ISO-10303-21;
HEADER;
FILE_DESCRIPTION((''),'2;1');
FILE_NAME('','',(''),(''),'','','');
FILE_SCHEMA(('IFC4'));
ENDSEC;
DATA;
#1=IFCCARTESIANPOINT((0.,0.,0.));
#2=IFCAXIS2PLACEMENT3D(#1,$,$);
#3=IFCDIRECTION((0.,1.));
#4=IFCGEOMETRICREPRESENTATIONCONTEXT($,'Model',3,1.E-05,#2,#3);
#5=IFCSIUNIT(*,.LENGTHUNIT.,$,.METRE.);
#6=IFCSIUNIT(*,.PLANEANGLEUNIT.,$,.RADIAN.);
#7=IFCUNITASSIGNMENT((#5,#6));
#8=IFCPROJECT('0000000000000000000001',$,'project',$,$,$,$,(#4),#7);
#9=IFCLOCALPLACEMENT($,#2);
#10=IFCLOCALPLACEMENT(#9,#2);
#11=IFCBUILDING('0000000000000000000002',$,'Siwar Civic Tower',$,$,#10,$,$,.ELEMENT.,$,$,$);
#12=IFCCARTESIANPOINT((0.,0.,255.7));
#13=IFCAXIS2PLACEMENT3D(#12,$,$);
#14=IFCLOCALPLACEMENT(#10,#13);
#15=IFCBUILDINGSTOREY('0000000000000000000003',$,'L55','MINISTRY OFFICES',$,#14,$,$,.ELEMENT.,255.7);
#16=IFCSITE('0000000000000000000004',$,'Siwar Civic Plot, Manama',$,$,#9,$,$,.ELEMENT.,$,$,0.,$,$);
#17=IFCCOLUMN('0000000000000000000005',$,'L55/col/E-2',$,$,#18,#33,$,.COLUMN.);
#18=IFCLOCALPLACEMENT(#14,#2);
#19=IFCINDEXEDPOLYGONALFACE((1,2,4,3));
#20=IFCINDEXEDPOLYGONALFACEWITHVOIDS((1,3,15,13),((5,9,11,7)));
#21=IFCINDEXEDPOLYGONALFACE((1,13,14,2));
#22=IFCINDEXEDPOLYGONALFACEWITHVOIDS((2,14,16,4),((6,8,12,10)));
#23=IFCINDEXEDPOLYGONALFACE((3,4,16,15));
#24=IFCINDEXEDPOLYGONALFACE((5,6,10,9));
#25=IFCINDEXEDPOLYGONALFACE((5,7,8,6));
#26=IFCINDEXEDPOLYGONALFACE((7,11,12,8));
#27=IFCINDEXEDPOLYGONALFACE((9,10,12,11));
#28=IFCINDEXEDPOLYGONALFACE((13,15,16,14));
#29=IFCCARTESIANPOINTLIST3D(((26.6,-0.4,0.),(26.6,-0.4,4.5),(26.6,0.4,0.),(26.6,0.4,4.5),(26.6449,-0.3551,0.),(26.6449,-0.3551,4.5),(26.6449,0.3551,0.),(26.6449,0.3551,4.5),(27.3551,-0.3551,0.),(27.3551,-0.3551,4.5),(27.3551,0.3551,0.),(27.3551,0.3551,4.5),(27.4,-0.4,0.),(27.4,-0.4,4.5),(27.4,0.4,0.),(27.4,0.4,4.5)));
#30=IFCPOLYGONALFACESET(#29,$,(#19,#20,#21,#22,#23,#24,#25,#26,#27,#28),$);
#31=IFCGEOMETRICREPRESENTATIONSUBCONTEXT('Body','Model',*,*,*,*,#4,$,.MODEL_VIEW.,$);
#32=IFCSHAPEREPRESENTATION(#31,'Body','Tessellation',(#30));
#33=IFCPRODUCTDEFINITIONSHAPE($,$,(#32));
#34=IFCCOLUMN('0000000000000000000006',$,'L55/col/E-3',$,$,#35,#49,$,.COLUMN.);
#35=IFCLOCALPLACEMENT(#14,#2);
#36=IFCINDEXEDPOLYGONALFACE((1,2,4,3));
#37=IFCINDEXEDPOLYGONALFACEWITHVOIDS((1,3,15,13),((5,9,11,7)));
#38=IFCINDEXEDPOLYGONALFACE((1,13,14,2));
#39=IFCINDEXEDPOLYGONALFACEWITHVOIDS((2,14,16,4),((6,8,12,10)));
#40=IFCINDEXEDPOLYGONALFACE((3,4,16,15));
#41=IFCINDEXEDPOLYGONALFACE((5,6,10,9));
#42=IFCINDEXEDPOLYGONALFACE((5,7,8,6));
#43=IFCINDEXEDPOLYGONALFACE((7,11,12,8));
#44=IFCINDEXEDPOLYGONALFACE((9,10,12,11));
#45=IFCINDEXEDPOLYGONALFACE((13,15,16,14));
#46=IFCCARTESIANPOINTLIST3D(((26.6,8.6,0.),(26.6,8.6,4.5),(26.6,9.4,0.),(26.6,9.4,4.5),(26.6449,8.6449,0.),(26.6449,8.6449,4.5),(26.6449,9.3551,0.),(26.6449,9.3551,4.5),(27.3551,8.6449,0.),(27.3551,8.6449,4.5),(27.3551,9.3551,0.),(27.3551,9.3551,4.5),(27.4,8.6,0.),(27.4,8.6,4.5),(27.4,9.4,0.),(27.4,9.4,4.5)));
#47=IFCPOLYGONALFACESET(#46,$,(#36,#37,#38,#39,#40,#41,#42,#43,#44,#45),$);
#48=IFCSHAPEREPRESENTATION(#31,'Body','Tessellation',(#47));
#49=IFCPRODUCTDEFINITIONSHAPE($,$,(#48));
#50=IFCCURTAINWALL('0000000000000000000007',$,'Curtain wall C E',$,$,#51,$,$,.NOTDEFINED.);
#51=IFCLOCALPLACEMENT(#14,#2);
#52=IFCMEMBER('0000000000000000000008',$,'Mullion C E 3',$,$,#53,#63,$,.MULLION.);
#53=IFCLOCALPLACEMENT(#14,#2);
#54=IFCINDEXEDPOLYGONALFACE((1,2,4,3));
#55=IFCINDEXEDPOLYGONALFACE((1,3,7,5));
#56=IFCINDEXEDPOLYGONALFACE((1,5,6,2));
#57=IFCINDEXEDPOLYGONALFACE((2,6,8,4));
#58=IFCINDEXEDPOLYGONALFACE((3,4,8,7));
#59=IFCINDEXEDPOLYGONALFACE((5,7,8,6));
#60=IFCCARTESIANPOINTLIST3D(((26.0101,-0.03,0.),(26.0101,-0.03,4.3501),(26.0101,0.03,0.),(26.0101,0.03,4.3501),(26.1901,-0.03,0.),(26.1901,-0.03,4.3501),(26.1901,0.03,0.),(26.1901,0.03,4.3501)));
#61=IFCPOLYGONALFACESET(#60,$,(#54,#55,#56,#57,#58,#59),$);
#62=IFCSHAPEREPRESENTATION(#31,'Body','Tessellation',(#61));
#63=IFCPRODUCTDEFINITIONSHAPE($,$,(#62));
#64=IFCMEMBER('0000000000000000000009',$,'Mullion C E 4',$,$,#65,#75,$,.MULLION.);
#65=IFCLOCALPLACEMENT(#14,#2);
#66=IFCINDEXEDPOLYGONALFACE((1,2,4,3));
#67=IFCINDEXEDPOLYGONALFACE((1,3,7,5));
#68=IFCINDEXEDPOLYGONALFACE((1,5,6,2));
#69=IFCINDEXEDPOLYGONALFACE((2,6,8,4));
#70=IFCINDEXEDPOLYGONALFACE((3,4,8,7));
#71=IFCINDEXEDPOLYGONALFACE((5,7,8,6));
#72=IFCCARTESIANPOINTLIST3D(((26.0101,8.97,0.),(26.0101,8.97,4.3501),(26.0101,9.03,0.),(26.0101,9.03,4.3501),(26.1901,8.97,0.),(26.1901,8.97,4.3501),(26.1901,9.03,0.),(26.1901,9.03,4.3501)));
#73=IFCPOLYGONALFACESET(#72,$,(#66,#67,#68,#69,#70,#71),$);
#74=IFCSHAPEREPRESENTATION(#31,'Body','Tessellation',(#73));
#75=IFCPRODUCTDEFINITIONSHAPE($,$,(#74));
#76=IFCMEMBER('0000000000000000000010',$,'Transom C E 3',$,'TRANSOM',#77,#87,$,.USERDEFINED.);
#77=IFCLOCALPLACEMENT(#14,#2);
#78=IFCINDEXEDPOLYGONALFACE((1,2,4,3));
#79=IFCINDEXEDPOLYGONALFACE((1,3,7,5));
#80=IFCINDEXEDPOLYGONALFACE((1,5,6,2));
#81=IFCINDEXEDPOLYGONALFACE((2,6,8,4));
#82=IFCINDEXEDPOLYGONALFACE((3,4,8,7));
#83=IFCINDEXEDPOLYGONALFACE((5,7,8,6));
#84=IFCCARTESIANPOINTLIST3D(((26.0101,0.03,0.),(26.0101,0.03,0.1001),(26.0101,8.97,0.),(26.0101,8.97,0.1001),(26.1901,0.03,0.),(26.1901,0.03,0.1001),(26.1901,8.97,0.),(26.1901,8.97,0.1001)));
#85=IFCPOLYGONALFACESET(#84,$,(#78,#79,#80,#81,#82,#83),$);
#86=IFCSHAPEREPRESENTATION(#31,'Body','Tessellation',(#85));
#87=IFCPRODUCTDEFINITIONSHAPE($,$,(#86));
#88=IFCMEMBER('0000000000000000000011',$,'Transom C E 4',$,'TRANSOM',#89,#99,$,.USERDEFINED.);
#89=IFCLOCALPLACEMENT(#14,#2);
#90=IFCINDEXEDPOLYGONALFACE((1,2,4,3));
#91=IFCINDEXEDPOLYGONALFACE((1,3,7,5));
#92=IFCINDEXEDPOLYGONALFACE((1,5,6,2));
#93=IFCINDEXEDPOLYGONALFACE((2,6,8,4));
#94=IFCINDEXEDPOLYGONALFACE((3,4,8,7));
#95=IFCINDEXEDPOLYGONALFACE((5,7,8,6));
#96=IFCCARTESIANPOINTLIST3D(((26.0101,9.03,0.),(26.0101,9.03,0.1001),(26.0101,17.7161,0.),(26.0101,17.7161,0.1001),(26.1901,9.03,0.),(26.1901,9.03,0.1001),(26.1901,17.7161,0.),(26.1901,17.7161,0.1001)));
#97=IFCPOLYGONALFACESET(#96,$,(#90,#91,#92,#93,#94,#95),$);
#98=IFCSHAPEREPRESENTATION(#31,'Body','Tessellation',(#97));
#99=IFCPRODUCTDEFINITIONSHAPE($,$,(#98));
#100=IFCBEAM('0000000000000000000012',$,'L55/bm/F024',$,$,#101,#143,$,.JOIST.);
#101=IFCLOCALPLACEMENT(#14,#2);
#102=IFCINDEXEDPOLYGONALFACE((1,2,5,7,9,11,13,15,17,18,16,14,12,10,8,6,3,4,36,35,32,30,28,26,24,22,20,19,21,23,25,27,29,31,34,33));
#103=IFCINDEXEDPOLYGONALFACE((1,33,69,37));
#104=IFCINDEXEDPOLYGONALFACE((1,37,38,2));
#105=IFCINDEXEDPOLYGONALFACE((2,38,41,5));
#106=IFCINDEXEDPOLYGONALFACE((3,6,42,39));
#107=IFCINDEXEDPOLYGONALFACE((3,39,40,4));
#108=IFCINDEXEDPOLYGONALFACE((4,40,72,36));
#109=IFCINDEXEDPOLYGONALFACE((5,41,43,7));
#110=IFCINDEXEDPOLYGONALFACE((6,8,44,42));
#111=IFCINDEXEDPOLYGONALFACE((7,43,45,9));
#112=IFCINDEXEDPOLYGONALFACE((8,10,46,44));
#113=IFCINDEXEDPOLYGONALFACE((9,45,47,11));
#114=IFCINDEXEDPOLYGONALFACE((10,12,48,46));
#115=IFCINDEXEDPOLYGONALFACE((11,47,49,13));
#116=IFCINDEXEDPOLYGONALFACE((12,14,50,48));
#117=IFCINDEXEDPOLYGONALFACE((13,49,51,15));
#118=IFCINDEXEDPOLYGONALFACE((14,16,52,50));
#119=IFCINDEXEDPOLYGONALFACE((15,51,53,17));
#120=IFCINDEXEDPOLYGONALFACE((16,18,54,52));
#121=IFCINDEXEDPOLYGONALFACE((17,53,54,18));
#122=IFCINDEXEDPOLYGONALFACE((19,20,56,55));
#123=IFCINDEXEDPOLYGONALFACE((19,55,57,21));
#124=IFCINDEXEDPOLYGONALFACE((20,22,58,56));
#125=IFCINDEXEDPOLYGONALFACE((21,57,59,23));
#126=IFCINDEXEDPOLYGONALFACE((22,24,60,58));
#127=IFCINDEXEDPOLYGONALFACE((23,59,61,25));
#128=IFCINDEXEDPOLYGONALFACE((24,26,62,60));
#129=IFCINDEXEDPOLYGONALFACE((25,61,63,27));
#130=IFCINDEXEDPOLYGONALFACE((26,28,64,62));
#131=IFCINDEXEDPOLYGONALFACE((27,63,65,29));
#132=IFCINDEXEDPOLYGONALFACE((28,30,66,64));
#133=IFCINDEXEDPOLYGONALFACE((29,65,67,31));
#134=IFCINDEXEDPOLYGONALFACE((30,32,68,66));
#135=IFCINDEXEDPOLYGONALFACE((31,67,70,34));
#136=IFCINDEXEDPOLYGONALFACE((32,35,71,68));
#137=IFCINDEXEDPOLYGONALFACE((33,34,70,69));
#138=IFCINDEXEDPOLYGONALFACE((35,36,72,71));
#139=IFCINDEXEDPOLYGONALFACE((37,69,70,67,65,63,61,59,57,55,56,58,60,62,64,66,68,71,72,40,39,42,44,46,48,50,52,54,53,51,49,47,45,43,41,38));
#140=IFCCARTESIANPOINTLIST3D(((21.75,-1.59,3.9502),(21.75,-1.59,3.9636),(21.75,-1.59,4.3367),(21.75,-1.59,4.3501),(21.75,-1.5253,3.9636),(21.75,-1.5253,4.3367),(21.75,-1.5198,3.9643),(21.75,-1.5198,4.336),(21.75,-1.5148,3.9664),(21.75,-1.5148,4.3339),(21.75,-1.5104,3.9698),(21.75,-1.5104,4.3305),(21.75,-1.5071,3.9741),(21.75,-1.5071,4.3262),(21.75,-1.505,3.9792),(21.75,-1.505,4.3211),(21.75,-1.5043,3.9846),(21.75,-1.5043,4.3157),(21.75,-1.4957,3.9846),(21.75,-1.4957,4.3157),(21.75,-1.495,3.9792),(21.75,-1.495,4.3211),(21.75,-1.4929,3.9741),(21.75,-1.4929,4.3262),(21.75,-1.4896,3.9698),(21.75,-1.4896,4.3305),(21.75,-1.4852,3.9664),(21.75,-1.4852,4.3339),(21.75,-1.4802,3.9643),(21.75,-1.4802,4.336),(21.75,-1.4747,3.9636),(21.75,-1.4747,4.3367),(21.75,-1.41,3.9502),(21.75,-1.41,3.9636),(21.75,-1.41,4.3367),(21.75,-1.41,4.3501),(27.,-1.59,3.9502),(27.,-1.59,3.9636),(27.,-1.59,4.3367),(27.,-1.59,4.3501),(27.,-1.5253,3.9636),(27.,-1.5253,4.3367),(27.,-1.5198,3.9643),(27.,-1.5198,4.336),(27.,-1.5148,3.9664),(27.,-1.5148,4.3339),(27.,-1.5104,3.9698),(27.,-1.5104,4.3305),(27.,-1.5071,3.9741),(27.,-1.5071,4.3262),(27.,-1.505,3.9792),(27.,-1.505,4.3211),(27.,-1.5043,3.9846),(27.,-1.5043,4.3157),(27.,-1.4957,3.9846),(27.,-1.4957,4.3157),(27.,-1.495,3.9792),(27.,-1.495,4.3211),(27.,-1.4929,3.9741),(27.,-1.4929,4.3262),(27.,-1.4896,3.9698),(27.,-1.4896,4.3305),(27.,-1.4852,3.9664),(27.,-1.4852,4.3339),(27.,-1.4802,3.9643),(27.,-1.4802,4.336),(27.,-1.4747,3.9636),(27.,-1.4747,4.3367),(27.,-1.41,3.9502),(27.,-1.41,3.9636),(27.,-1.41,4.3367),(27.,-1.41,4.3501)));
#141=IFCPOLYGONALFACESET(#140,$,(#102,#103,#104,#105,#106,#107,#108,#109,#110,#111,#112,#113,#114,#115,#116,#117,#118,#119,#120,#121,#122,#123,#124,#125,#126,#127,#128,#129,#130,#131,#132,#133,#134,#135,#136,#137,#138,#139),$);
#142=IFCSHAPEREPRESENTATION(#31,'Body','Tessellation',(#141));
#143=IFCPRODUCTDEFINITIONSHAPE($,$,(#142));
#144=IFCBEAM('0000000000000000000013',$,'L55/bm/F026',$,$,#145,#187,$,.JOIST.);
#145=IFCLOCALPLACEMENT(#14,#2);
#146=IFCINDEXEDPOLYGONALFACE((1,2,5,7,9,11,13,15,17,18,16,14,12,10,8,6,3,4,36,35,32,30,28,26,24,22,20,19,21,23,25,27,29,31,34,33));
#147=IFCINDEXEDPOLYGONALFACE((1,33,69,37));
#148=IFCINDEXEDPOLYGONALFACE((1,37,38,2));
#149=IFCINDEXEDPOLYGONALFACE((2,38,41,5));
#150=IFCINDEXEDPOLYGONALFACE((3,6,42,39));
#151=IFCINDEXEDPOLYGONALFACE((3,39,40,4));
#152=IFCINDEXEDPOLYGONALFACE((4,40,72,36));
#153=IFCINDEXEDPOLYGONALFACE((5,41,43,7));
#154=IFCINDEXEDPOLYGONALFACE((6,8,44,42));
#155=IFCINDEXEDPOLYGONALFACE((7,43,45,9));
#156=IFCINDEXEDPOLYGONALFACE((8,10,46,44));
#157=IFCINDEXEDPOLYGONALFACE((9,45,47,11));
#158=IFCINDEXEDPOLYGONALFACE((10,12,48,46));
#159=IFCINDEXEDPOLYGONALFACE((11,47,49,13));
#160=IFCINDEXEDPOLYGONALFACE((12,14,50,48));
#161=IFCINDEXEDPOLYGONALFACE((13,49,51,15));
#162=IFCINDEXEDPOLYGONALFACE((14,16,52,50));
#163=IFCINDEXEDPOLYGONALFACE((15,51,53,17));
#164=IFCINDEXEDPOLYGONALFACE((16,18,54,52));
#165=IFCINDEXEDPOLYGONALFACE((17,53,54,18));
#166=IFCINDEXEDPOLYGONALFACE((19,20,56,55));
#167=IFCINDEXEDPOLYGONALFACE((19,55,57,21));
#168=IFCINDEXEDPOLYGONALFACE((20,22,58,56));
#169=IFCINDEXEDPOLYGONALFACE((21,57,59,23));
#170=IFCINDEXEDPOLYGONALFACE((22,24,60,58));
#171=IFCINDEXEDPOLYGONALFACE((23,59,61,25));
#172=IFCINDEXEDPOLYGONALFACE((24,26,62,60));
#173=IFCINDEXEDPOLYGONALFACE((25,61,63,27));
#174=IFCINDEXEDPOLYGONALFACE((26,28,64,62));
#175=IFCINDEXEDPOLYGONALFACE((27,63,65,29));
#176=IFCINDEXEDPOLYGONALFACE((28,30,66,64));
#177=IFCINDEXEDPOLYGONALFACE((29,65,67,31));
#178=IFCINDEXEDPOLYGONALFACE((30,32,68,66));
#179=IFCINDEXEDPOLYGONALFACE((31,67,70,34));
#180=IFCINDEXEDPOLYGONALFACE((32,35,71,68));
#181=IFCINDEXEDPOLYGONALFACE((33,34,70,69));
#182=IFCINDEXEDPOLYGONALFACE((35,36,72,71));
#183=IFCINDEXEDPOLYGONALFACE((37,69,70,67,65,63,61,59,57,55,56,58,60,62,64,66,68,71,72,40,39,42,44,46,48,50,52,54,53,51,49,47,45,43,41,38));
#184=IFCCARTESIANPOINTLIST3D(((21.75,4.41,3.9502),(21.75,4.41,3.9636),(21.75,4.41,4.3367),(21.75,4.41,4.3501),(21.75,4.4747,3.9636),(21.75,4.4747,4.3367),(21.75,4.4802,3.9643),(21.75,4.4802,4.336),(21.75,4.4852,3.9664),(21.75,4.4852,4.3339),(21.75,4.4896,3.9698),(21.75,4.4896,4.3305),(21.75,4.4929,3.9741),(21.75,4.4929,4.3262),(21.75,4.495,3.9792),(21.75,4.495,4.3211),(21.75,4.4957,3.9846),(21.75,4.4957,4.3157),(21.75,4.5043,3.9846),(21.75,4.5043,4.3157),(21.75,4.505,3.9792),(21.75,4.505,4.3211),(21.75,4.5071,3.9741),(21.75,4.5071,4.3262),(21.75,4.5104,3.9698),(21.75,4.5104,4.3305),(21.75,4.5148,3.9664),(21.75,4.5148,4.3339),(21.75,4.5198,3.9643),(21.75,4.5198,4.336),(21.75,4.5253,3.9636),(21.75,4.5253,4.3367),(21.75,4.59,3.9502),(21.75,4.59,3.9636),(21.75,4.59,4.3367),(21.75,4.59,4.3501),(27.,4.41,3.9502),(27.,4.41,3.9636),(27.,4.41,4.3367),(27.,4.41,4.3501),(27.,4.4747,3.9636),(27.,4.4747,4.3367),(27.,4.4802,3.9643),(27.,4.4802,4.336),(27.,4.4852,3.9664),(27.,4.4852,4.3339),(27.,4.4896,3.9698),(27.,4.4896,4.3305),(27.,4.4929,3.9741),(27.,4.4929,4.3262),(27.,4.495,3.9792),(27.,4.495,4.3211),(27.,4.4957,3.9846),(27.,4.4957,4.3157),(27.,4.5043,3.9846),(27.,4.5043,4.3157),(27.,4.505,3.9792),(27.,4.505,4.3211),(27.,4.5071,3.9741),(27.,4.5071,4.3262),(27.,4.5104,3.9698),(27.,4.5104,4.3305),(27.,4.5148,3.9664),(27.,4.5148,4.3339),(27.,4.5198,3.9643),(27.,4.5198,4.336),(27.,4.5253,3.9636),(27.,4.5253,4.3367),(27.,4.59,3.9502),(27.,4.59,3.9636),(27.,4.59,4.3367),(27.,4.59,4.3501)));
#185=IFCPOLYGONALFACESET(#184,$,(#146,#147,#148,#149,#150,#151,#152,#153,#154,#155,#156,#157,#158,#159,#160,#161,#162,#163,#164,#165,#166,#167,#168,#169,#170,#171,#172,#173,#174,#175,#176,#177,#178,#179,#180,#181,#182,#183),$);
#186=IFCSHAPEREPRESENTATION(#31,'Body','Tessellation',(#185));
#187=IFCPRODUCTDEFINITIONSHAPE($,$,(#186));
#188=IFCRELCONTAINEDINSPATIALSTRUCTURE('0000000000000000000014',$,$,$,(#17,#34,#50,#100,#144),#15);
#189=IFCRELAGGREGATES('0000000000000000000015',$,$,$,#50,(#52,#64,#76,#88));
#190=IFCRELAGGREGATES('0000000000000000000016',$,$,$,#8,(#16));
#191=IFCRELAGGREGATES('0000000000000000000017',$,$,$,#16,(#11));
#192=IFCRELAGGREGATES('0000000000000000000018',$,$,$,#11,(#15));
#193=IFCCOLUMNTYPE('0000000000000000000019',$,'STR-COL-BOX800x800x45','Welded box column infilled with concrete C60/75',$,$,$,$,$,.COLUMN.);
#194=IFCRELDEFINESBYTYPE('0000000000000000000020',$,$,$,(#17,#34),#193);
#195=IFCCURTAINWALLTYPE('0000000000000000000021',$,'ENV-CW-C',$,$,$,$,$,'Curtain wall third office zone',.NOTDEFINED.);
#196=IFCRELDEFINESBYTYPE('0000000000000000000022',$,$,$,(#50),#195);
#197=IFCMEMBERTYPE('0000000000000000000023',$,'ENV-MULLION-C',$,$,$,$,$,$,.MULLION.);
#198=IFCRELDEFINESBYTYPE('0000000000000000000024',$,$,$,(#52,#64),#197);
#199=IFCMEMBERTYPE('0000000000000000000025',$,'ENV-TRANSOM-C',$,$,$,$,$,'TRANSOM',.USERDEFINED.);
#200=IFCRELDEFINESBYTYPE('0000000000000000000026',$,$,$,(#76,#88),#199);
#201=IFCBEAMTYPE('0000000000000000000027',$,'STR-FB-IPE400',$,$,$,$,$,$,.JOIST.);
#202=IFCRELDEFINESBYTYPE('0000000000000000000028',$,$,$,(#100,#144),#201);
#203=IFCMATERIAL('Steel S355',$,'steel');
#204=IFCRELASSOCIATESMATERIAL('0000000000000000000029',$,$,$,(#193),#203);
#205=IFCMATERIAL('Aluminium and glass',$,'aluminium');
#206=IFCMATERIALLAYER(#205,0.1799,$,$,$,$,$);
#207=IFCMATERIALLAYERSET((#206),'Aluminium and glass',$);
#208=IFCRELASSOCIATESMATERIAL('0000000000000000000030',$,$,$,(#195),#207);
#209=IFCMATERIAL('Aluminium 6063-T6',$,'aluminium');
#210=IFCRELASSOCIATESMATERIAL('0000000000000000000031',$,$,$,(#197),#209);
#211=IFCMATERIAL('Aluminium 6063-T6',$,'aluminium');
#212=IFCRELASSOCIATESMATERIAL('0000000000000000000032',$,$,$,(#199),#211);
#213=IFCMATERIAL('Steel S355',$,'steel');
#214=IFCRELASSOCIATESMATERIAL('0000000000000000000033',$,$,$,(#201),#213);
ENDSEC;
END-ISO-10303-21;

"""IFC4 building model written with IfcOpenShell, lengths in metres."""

from ifc_helpers import new_model, si_unit, direction, frame, origin, origin_2d, place, context, subcontext, project, spatial, rectangle, hollow_rectangle, i_section, extrude, material, layer, layer_set, material_profile, profile_set, type_object, element, aggregate, save


model = new_model("IFC4")

# Units and contexts
model_context = context("Model", 3, precision=1e-05, world=origin(), true_north=direction((0.0, 1.0)))
body_context = subcontext(model_context, "Body", "Model", "MODEL_VIEW")
ifc_project = project(units=[si_unit("LENGTHUNIT", "METRE"), si_unit("PLANEANGLEUNIT", "RADIAN")], contexts=[model_context])

# Site, building, storey
site_placement = place(None, origin())
site = spatial("IfcSite", under=ifc_project, at=site_placement, Name="Siwar Civic Plot, Manama", CompositionType="ELEMENT", RefElevation=0.0)
building_placement = place(site_placement, origin())
building = spatial("IfcBuilding", under=site, at=building_placement, Name="Siwar Civic Tower", CompositionType="ELEMENT")
storey_placement = place(building_placement, frame((0.0, 0.0, 255.7)))
storey = spatial("IfcBuildingStorey", under=building, at=storey_placement, Name="L55", Description="MINISTRY OFFICES", CompositionType="ELEMENT", Elevation=255.7)

# Columns
ifc_material_1 = material(Name="Steel S355", Category="steel")
ifc_material_profile_1 = material_profile(ifc_material_1, hollow_rectangle(XDim=0.8, YDim=0.8, WallThickness=0.0449, at=origin_2d()), Name="BOX800x800x45")
ifc_profile_set_1 = profile_set([ifc_material_profile_1], Name="Steel S355")
column_type = type_object("IfcColumnType", Name="STR-COL-BOX800x800x45", Description="Welded box column infilled with concrete C60/75", PredefinedType="COLUMN", material=ifc_profile_set_1)
for number, where, z_axis, x_axis, name in (
    (1, (27.0, 0.0, 0.0), (0.0, 0.0, 1.0), (1.0, 0.0, 0.0), "L55/col/E-2"),
    (2, (27.0, 9.0, 0.0), (0.0, 0.0, 1.0), (1.0, 0.0, 0.0), "L55/col/E-3"),
):
    element("IfcColumn", number, at=place(storey_placement, frame(where, z_axis=z_axis, x_axis=x_axis)), inside=storey, type_object=column_type, Name=name, PredefinedType="COLUMN", context=body_context, shape_type="SweptSolid", body=[
        extrude(hollow_rectangle(XDim=0.8, YDim=0.8, WallThickness=0.0449, at=origin_2d()), origin(), (0.0, 0.0, 1.0), 4.5),
    ])

# Curtain wall, members
ifc_material_2 = material(Name="Aluminium and glass", Category="aluminium")
ifc_layer_1 = layer(ifc_material_2, 0.1799)
ifc_layer_set_1 = layer_set([ifc_layer_1], Name="Aluminium and glass")
curtain_wall_type = type_object("IfcCurtainWallType", Name="ENV-CW-C", ElementType="Curtain wall third office zone", PredefinedType="NOTDEFINED", material=ifc_layer_set_1)
curtain_wall_placement = place(storey_placement, origin())
curtain_wall = element("IfcCurtainWall", 3, at=curtain_wall_placement, inside=storey, type_object=curtain_wall_type, Name="Curtain wall C E", PredefinedType="NOTDEFINED")
ifc_material_3 = material(Name="Aluminium 6063-T6", Category="aluminium")
ifc_material_profile_2 = material_profile(ifc_material_3, rectangle(XDim=0.1799, YDim=0.0601, at=origin_2d()), Name="AL 180x60")
ifc_profile_set_2 = profile_set([ifc_material_profile_2], Name="Aluminium 6063-T6")
member_type_1 = type_object("IfcMemberType", Name="ENV-MULLION-C", PredefinedType="MULLION", material=ifc_profile_set_2)
member_1_placement = place(storey_placement, frame((26.1001, 0.0, 0.0), z_axis=(0.0, 0.0, 1.0), x_axis=(-1.0, 0.0, 0.0)))
member_1 = element("IfcMember", 4, at=member_1_placement, type_object=member_type_1, Name="Mullion C E 3", PredefinedType="MULLION", context=body_context, shape_type="SweptSolid", body=[
    extrude(rectangle(XDim=0.1799, YDim=0.0601, at=origin_2d()), origin(), (0.0, 0.0, 1.0), 4.3501),
])
member_2_placement = place(storey_placement, frame((26.1001, 9.0, 0.0), z_axis=(0.0, 0.0, 1.0), x_axis=(-1.0, 0.0, 0.0)))
member_2 = element("IfcMember", 5, at=member_2_placement, type_object=member_type_1, Name="Mullion C E 4", PredefinedType="MULLION", context=body_context, shape_type="SweptSolid", body=[
    extrude(rectangle(XDim=0.1799, YDim=0.0601, at=origin_2d()), origin(), (0.0, 0.0, 1.0), 4.3501),
])
ifc_material_4 = material(Name="Aluminium 6063-T6", Category="aluminium")
ifc_material_profile_3 = material_profile(ifc_material_4, rectangle(XDim=0.1799, YDim=0.1001, at=origin_2d()), Name="AL 180x100")
ifc_profile_set_3 = profile_set([ifc_material_profile_3], Name="Aluminium 6063-T6")
member_type_2 = type_object("IfcMemberType", Name="ENV-TRANSOM-C", ElementType="TRANSOM", PredefinedType="USERDEFINED", material=ifc_profile_set_3)
member_3_placement = place(storey_placement, frame((26.1001, 0.03, 0.05), z_axis=(0.0, 1.0, 0.0), x_axis=(-1.0, 0.0, 0.0)))
member_3 = element("IfcMember", 6, at=member_3_placement, type_object=member_type_2, Name="Transom C E 3", ObjectType="TRANSOM", PredefinedType="USERDEFINED", context=body_context, shape_type="SweptSolid", body=[
    extrude(rectangle(XDim=0.1799, YDim=0.1001, at=origin_2d()), origin(), (0.0, 0.0, 1.0), 8.9399),
])
member_4_placement = place(storey_placement, frame((26.1001, 9.03, 0.05), z_axis=(0.0, 1.0, 0.0), x_axis=(-1.0, 0.0, 0.0)))
member_4 = element("IfcMember", 7, at=member_4_placement, type_object=member_type_2, Name="Transom C E 4", ObjectType="TRANSOM", PredefinedType="USERDEFINED", context=body_context, shape_type="SweptSolid", body=[
    extrude(rectangle(XDim=0.1799, YDim=0.1001, at=origin_2d()), origin(), (0.0, 0.0, 1.0), 8.686),
])

# Beams
ifc_material_5 = material(Name="Steel S355", Category="steel")
ifc_material_profile_4 = material_profile(ifc_material_5, i_section(OverallWidth=0.1799, OverallDepth=0.3999, WebThickness=0.0085, FlangeThickness=0.0134, FilletRadius=0.021, at=origin_2d()), Name="IPE400")
ifc_profile_set_4 = profile_set([ifc_material_profile_4], Name="Steel S355")
beam_type_1 = type_object("IfcBeamType", Name="STR-FB-IPE400", PredefinedType="JOIST", material=ifc_profile_set_4)
for number, where, z_axis, x_axis, name in (
    (8, (21.75, -1.5, 4.1501), (1.0, 0.0, 0.0), (0.0, 1.0, 0.0), "L55/bm/F024"),
    (9, (21.75, 4.5, 4.1501), (1.0, 0.0, 0.0), (0.0, 1.0, 0.0), "L55/bm/F026"),
):
    element("IfcBeam", number, at=place(storey_placement, frame(where, z_axis=z_axis, x_axis=x_axis)), inside=storey, type_object=beam_type_1, Name=name, PredefinedType="JOIST", context=body_context, shape_type="SweptSolid", body=[
        extrude(i_section(OverallWidth=0.1799, OverallDepth=0.3999, WebThickness=0.0085, FlangeThickness=0.0134, FilletRadius=0.021, at=origin_2d()), origin(), (0.0, 0.0, 1.0), 5.25),
    ])

aggregate(curtain_wall, [member_1, member_2, member_3, member_4])

save(model, "model.ifc")
